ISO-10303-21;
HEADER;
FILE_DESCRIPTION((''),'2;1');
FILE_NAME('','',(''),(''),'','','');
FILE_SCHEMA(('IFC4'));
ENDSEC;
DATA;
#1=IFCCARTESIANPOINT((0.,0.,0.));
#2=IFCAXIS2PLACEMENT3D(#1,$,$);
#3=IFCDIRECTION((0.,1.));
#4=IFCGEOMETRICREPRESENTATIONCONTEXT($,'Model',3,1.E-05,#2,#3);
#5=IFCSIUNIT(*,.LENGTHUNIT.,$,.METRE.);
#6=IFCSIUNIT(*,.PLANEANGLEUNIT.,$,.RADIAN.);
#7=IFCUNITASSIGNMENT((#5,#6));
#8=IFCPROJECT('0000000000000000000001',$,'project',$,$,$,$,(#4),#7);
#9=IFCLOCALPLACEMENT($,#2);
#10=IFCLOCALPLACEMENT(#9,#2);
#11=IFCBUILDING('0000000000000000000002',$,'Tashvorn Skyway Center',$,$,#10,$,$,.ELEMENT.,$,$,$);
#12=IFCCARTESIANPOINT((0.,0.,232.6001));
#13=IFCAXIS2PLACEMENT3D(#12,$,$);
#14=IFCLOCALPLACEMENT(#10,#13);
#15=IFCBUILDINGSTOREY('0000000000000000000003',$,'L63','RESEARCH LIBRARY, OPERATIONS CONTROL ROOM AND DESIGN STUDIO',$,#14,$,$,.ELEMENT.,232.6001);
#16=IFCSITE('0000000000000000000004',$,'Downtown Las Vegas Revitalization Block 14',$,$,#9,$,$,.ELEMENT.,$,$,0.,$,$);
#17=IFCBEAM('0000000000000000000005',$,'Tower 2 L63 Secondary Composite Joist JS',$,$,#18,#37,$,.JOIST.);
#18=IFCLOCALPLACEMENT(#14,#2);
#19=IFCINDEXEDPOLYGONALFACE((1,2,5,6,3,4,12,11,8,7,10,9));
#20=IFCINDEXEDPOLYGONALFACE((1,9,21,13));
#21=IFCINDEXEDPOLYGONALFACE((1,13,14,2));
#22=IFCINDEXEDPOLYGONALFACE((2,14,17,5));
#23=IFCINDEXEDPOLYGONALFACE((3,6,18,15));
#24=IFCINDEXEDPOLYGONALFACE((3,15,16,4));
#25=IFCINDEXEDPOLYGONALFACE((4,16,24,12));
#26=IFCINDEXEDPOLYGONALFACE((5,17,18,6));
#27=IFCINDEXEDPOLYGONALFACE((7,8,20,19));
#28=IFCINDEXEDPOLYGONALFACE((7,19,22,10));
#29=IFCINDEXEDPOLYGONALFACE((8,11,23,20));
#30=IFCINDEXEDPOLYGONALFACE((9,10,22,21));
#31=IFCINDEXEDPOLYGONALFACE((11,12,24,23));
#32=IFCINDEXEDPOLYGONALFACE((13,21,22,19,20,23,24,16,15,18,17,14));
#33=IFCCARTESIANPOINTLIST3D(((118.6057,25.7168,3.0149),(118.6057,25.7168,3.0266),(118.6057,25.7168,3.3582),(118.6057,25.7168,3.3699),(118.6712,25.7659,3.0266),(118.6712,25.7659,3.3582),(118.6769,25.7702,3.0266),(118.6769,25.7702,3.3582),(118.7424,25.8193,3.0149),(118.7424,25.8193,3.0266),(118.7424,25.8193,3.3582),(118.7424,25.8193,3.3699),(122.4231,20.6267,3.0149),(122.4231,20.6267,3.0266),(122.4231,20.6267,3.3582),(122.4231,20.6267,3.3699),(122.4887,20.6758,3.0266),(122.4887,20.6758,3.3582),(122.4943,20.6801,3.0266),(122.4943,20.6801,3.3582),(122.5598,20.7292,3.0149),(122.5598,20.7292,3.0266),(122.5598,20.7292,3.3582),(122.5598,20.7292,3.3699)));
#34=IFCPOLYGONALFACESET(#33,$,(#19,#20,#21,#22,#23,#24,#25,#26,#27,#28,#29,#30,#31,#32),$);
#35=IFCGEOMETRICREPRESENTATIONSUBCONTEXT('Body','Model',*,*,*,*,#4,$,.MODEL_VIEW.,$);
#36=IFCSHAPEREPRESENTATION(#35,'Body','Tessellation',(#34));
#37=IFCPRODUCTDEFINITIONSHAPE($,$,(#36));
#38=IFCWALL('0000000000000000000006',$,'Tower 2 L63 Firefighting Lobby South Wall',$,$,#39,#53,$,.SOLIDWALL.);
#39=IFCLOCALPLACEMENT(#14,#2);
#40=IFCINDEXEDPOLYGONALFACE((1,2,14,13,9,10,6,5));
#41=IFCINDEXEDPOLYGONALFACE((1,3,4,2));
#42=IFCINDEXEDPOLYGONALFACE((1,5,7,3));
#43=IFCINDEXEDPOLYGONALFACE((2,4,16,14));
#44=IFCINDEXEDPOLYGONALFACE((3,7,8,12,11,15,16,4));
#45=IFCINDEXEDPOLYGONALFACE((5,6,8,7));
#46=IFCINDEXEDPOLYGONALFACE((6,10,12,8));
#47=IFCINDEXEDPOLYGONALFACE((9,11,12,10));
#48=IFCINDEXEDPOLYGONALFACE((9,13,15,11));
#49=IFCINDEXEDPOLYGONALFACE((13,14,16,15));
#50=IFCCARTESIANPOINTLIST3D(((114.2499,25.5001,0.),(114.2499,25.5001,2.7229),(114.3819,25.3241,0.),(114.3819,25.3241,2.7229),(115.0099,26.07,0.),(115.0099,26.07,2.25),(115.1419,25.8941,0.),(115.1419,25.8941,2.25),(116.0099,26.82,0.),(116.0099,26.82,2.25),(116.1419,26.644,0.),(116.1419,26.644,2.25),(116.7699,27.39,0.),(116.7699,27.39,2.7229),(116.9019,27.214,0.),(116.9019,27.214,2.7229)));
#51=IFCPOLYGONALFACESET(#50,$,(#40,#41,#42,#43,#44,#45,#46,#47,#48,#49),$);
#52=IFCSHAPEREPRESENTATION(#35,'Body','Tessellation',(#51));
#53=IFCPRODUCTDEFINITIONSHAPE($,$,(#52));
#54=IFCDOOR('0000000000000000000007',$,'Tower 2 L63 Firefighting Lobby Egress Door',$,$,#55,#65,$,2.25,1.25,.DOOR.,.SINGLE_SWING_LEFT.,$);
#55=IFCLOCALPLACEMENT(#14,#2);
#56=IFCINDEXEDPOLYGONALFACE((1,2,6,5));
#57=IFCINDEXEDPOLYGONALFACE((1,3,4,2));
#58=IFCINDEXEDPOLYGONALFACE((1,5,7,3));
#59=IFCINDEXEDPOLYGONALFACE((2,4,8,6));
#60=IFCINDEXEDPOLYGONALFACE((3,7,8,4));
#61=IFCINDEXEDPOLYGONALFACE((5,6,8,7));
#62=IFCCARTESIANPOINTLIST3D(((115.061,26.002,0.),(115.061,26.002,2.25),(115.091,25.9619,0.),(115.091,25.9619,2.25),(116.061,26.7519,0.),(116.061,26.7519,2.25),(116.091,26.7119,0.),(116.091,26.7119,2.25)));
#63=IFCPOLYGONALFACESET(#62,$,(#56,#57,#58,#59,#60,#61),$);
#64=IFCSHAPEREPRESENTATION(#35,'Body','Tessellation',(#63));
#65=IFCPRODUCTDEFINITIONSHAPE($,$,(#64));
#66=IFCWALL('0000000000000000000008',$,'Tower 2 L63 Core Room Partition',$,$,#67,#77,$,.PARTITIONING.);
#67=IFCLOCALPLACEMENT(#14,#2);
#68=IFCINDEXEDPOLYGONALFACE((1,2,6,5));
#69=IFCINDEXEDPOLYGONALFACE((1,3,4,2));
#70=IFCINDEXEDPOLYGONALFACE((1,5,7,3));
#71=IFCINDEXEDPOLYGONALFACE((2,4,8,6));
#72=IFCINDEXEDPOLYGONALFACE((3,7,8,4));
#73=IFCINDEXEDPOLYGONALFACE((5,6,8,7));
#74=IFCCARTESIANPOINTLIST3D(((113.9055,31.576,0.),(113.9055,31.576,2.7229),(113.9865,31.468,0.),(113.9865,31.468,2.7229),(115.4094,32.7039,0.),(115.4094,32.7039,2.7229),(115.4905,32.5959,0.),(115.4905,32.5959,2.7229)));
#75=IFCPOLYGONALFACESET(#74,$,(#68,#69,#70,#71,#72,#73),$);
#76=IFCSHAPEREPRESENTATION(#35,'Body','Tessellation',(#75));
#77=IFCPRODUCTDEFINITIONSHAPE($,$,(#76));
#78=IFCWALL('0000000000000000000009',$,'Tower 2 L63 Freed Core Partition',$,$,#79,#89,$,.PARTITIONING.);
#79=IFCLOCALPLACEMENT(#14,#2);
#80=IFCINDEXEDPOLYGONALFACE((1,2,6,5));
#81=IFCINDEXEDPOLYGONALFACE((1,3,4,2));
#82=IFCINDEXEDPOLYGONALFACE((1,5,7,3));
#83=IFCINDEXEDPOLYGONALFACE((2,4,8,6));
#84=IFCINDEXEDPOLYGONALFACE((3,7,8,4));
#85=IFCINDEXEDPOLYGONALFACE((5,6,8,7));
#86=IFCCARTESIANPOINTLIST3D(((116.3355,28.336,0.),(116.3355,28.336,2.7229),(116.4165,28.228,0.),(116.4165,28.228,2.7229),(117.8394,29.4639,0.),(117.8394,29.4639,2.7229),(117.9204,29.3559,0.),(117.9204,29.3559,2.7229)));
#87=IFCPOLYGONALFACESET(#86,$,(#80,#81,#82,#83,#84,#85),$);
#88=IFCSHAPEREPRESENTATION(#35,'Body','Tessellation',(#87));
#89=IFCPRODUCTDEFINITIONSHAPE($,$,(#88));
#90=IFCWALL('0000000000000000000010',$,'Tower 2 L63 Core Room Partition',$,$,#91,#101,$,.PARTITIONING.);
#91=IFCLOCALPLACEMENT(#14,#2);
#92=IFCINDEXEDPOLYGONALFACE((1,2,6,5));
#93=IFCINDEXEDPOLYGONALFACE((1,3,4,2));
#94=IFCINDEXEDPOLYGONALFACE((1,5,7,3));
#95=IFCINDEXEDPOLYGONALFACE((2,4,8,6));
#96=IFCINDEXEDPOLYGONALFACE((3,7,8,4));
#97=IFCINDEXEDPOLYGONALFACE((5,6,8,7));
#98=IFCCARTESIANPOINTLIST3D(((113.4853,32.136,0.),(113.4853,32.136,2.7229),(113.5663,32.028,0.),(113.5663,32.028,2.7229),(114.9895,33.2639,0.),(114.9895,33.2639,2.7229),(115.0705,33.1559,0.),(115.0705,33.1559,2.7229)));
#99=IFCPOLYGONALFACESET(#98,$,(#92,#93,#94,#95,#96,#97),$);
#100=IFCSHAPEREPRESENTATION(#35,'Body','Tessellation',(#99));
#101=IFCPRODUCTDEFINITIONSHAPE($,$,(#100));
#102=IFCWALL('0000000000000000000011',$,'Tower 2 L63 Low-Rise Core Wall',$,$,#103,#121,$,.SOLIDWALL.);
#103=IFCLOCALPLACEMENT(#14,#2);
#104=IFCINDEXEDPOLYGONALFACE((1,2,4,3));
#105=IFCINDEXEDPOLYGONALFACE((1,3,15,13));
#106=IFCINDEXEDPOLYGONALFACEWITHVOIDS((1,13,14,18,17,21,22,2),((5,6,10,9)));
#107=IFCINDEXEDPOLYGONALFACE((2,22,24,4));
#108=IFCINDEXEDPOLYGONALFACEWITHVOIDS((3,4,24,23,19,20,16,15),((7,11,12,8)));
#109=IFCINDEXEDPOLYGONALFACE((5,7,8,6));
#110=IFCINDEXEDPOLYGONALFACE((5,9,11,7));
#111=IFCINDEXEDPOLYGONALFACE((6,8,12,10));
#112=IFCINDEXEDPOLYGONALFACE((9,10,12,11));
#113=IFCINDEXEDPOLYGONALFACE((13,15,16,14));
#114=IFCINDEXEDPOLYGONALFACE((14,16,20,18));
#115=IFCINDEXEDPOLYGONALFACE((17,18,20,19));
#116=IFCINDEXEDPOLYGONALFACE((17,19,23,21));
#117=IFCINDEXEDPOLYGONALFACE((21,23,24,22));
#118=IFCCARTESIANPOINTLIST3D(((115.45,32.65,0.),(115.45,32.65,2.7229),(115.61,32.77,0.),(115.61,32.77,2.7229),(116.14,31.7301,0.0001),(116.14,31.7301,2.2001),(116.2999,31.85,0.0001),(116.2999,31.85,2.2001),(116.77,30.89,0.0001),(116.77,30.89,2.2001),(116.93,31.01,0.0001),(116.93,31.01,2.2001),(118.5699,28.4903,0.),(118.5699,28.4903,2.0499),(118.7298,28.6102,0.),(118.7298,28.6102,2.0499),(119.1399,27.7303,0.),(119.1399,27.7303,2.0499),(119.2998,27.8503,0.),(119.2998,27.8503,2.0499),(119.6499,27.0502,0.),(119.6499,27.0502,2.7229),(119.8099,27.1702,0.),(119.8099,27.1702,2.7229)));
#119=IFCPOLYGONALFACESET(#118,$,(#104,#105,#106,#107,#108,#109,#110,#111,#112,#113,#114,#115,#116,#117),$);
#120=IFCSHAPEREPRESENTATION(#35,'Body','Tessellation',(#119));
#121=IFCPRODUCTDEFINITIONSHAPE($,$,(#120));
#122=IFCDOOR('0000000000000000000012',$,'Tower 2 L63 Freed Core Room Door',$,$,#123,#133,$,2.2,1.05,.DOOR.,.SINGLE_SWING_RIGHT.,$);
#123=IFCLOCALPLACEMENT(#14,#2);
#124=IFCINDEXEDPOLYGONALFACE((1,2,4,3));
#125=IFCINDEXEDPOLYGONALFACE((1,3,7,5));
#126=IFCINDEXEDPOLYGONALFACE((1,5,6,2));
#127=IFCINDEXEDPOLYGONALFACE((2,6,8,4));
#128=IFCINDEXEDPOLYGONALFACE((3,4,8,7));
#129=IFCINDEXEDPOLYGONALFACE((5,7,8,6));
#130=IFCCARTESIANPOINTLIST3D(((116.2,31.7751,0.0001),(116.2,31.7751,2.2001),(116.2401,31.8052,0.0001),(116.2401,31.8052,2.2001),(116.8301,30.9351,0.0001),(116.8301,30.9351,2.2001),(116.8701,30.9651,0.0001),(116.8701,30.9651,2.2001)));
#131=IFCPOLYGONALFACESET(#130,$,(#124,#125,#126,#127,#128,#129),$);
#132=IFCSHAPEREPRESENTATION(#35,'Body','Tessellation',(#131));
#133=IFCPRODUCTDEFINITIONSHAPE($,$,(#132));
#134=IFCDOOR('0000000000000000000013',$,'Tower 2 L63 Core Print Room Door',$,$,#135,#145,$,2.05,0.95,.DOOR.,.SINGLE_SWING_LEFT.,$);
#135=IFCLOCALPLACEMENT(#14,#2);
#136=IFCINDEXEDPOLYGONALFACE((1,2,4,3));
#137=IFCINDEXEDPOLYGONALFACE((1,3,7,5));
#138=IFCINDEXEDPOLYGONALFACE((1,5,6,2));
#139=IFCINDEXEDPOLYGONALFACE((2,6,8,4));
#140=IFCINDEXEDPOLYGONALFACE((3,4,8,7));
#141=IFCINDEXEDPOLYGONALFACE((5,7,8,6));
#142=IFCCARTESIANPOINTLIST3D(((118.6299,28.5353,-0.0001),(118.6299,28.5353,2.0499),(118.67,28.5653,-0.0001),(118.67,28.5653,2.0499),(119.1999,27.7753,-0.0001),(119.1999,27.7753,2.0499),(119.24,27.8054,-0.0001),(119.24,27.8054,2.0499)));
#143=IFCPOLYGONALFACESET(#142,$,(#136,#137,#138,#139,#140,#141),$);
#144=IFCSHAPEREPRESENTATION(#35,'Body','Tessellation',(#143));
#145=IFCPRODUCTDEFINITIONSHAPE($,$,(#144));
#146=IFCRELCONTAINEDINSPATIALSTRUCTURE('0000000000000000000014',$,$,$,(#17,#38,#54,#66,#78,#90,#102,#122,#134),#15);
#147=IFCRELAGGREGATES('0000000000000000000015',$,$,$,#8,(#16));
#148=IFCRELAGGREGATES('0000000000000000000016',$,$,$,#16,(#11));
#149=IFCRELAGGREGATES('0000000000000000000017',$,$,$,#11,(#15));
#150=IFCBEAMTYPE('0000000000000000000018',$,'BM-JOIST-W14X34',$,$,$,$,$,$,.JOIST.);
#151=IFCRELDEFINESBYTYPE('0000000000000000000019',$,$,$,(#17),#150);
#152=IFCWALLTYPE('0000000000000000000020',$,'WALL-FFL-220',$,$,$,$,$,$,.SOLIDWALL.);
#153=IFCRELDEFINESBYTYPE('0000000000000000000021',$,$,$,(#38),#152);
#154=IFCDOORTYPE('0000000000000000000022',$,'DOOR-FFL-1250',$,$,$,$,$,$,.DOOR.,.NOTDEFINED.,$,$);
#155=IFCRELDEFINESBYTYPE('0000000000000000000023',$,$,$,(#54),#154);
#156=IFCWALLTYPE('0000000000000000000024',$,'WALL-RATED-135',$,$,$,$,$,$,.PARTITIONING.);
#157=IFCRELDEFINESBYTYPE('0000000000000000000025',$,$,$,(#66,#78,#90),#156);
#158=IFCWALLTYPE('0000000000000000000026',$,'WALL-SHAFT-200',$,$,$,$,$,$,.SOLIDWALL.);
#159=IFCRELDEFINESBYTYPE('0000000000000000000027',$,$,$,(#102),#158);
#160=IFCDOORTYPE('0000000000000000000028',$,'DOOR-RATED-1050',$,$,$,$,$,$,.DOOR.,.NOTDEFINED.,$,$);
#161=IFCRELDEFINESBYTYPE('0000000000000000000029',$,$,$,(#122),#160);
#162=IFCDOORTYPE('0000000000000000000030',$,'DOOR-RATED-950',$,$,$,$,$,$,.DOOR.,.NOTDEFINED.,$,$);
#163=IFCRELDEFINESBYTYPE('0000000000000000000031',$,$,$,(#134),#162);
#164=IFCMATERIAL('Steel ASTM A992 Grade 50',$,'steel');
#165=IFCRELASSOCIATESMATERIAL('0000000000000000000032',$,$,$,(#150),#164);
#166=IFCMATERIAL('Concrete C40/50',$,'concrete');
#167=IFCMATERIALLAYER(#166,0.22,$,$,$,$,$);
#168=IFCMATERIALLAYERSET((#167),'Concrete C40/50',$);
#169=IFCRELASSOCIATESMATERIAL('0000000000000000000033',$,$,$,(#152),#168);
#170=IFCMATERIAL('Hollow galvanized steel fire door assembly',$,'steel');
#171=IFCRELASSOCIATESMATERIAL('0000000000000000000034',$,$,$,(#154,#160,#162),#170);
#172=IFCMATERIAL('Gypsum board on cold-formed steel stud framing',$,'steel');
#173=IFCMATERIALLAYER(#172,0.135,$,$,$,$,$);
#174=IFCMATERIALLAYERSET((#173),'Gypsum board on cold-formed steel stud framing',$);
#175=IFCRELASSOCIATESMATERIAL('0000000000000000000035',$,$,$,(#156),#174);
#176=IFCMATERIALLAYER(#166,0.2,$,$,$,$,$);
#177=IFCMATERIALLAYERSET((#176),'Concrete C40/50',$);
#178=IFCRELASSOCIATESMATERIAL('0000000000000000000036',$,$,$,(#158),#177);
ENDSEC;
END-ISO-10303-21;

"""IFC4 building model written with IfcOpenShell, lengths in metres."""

from ifc_helpers import new_model, si_unit, direction, frame, frame_2d, origin, origin_2d, place, context, subcontext, project, spatial, rectangle, i_section, extrude, material, layer, layer_set, material_profile, profile_set, type_object, element, fill, save


model = new_model("IFC4")

# Units and contexts
model_context = context("Model", 3, precision=1e-05, world=origin(), true_north=direction((0.0, 1.0)))
body_context = subcontext(model_context, "Body", "Model", "MODEL_VIEW")
ifc_project = project(units=[si_unit("LENGTHUNIT", "METRE"), si_unit("PLANEANGLEUNIT", "RADIAN")], contexts=[model_context])

# Site, building, storey
site_placement = place(None, origin())
site = spatial("IfcSite", under=ifc_project, at=site_placement, Name="Downtown Las Vegas Revitalization Block 14", CompositionType="ELEMENT", RefElevation=0.0)
building_placement = place(site_placement, origin())
building = spatial("IfcBuilding", under=site, at=building_placement, Name="Tashvorn Skyway Center", CompositionType="ELEMENT")
storey_placement = place(building_placement, frame((0.0, 0.0, 232.6001)))
storey = spatial("IfcBuildingStorey", under=building, at=storey_placement, Name="L63", Description="RESEARCH LIBRARY, OPERATIONS CONTROL ROOM AND DESIGN STUDIO", CompositionType="ELEMENT", Elevation=232.6001)

# Beam
ifc_material_1 = material(Name="Steel ASTM A992 Grade 50", Category="steel")
ifc_material_profile = material_profile(ifc_material_1, i_section(OverallWidth=0.1709, OverallDepth=0.355, WebThickness=0.0071, FlangeThickness=0.0117, at=origin_2d()), Name="W14X34")
ifc_profile_set = profile_set([ifc_material_profile], Name="Steel ASTM A992 Grade 50")
beam_type = type_object("IfcBeamType", Name="BM-JOIST-W14X34", PredefinedType="JOIST", material=ifc_profile_set)
beam_placement = place(storey_placement, frame((118.6741, 25.7681, 3.1924), z_axis=(0.599982, -0.800014, 0.0), x_axis=(0.800014, 0.599982, 0.0)))
element("IfcBeam", 1, at=beam_placement, inside=storey, type_object=beam_type, Name="Tower 2 L63 Secondary Composite Joist JS", PredefinedType="JOIST", context=body_context, shape_type="SweptSolid", body=[
    extrude(i_section(OverallWidth=0.1709, OverallDepth=0.355, WebThickness=0.0071, FlangeThickness=0.0117, at=origin_2d()), origin(), (0.0, 0.0, 1.0), 6.3625),
])

# Wall, opening, door
ifc_material_2 = material(Name="Concrete C40/50", Category="concrete")
ifc_layer_1 = layer(ifc_material_2, 0.22)
ifc_layer_set_1 = layer_set([ifc_layer_1], Name="Concrete C40/50")
wall_type_1 = type_object("IfcWallType", Name="WALL-FFL-220", PredefinedType="SOLIDWALL", material=ifc_layer_set_1)
wall_1_placement = place(storey_placement, frame((114.3159, 25.4121, 0.0), z_axis=(0.0, 0.0, 1.0), x_axis=(0.800019, 0.599975, 0.0)))
wall_1 = element("IfcWall", 2, at=wall_1_placement, inside=storey, type_object=wall_type_1, Name="Tower 2 L63 Firefighting Lobby South Wall", PredefinedType="SOLIDWALL", context=body_context, shape_type="SweptSolid", body=[
    extrude(rectangle(XDim=3.1499, YDim=0.22, at=frame_2d((1.575, 0.0))), origin(), (0.0, 0.0, 1.0), 2.7229),
])
opening_1_placement = place(wall_1_placement, frame((0.95, 0.0, 0.0)))
opening_1 = element("IfcOpeningElement", 3, at=opening_1_placement, cuts=wall_1, PredefinedType="OPENING", context=body_context, shape_type="SweptSolid", body=[
    extrude(rectangle(XDim=1.25, YDim=2.25, at=frame_2d((0.625, 1.125))), frame((0.0, 0.1199, 0.0), z_axis=(0.0, -1.0, 0.0), x_axis=(1.0, 0.0, 0.0)), (0.0, 0.0, 1.0), 0.24),
])
ifc_material_3 = material(Name="Hollow galvanized steel fire door assembly", Category="steel")
door_type_1 = type_object("IfcDoorType", Name="DOOR-FFL-1250", OperationType="NOTDEFINED", PredefinedType="DOOR", material=ifc_material_3)
door_1_placement = place(opening_1_placement, origin())
door_1 = element("IfcDoor", 4, at=door_1_placement, inside=storey, type_object=door_type_1, Name="Tower 2 L63 Firefighting Lobby Egress Door", OperationType="SINGLE_SWING_LEFT", OverallHeight=2.25, OverallWidth=1.25, PredefinedType="DOOR", context=body_context, shape_type="SweptSolid", body=[
    extrude(rectangle(XDim=1.25, YDim=2.25, at=frame_2d((0.625, 1.125))), frame((0.0, 0.0249, 0.0), z_axis=(0.0, -1.0, 0.0), x_axis=(1.0, 0.0, 0.0)), (0.0, 0.0, 1.0), 0.05),
])
fill(opening_1, door_1)

# Walls
ifc_material_4 = material(Name="Gypsum board on cold-formed steel stud framing", Category="steel")
ifc_layer_2 = layer(ifc_material_4, 0.135)
ifc_layer_set_2 = layer_set([ifc_layer_2], Name="Gypsum board on cold-formed steel stud framing")
wall_type_2 = type_object("IfcWallType", Name="WALL-RATED-135", PredefinedType="PARTITIONING", material=ifc_layer_set_2)
for number, where, z_axis, x_axis, name in (
    (5, (113.946, 31.522, 0.0), (0.0, 0.0, 1.0), (0.8, 0.6, 0.0), "Tower 2 L63 Core Room Partition"),
    (6, (116.376, 28.282, 0.0), (0.0, 0.0, 1.0), (0.8, 0.6, 0.0), "Tower 2 L63 Freed Core Partition"),
):
    element("IfcWall", number, at=place(storey_placement, frame(where, z_axis=z_axis, x_axis=x_axis)), inside=storey, type_object=wall_type_2, Name=name, PredefinedType="PARTITIONING", context=body_context, shape_type="SweptSolid", body=[
        extrude(rectangle(XDim=1.8799, YDim=0.135, at=frame_2d((0.9399, 0.0))), origin(), (0.0, 0.0, 1.0), 2.7229),
    ])
wall_2_placement = place(storey_placement, frame((113.5259, 32.082, 0.0), z_axis=(0.0, 0.0, 1.0), x_axis=(0.800047, 0.599938, 0.0)))
element("IfcWall", 7, at=wall_2_placement, inside=storey, type_object=wall_type_2, Name="Tower 2 L63 Core Room Partition", PredefinedType="PARTITIONING", context=body_context, shape_type="SweptSolid", body=[
    extrude(rectangle(XDim=1.8801, YDim=0.135, at=frame_2d((0.9399, 0.0))), origin(), (0.0, 0.0, 1.0), 2.7229),
])

# Wall, openings, doors
ifc_layer_3 = layer(ifc_material_2, 0.2)
ifc_layer_set_3 = layer_set([ifc_layer_3], Name="Concrete C40/50")
wall_type_3 = type_object("IfcWallType", Name="WALL-SHAFT-200", PredefinedType="SOLIDWALL", material=ifc_layer_set_3)
wall_3_placement = place(storey_placement, frame((119.73, 27.1101, 0.0), z_axis=(0.0, 0.0, 1.0), x_axis=(-0.600006, 0.799996, 0.0)))
wall_3 = element("IfcWall", 8, at=wall_3_placement, inside=storey, type_object=wall_type_3, Name="Tower 2 L63 Low-Rise Core Wall", PredefinedType="SOLIDWALL", context=body_context, shape_type="SweptSolid", body=[
    extrude(rectangle(XDim=6.9998, YDim=0.2, at=frame_2d((3.5, 0.0))), origin(), (0.0, 0.0, 1.0), 2.7229),
])
opening_2_placement = place(wall_3_placement, frame((0.8501, 0.0, 0.0)))
opening_2 = element("IfcOpeningElement", 9, at=opening_2_placement, cuts=wall_3, PredefinedType="OPENING", context=body_context, shape_type="SweptSolid", body=[
    extrude(rectangle(XDim=0.95, YDim=2.05, at=frame_2d((0.4751, 1.0249))), frame((0.0, 0.1099, 0.0), z_axis=(0.0, -1.0, 0.0), x_axis=(1.0, 0.0, 0.0)), (0.0, 0.0, 1.0), 0.22),
])
opening_3_placement = place(wall_3_placement, frame((4.8, 0.0, 0.0)))
opening_3 = element("IfcOpeningElement", 10, at=opening_3_placement, cuts=wall_3, PredefinedType="OPENING", context=body_context, shape_type="SweptSolid", body=[
    extrude(rectangle(XDim=1.05, YDim=2.2, at=frame_2d((0.5249, 1.1001))), frame((0.0, 0.1099, 0.0), z_axis=(0.0, -1.0, 0.0), x_axis=(1.0, 0.0, 0.0)), (0.0, 0.0, 1.0), 0.22),
])
door_type_2 = type_object("IfcDoorType", Name="DOOR-RATED-1050", OperationType="NOTDEFINED", PredefinedType="DOOR", material=ifc_material_3)
door_2_placement = place(opening_3_placement, origin())
door_2 = element("IfcDoor", 11, at=door_2_placement, inside=storey, type_object=door_type_2, Name="Tower 2 L63 Freed Core Room Door", OperationType="SINGLE_SWING_RIGHT", OverallHeight=2.2, OverallWidth=1.05, PredefinedType="DOOR", context=body_context, shape_type="SweptSolid", body=[
    extrude(rectangle(XDim=1.05, YDim=2.2, at=frame_2d((0.5249, 1.1001))), frame((0.0, 0.0249, 0.0), z_axis=(0.0, -1.0, 0.0), x_axis=(1.0, 0.0, 0.0)), (0.0, 0.0, 1.0), 0.05),
])
fill(opening_3, door_2)
door_type_3 = type_object("IfcDoorType", Name="DOOR-RATED-950", OperationType="NOTDEFINED", PredefinedType="DOOR", material=ifc_material_3)
door_3_placement = place(opening_2_placement, origin())
door_3 = element("IfcDoor", 12, at=door_3_placement, inside=storey, type_object=door_type_3, Name="Tower 2 L63 Core Print Room Door", OperationType="SINGLE_SWING_LEFT", OverallHeight=2.05, OverallWidth=0.95, PredefinedType="DOOR", context=body_context, shape_type="SweptSolid", body=[
    extrude(rectangle(XDim=0.95, YDim=2.05, at=frame_2d((0.4751, 1.0249))), frame((0.0, 0.0249, 0.0), z_axis=(0.0, -1.0, 0.0), x_axis=(1.0, 0.0, 0.0)), (0.0, 0.0, 1.0), 0.05),
])
fill(opening_2, door_3)

save(model, "model.ifc")
